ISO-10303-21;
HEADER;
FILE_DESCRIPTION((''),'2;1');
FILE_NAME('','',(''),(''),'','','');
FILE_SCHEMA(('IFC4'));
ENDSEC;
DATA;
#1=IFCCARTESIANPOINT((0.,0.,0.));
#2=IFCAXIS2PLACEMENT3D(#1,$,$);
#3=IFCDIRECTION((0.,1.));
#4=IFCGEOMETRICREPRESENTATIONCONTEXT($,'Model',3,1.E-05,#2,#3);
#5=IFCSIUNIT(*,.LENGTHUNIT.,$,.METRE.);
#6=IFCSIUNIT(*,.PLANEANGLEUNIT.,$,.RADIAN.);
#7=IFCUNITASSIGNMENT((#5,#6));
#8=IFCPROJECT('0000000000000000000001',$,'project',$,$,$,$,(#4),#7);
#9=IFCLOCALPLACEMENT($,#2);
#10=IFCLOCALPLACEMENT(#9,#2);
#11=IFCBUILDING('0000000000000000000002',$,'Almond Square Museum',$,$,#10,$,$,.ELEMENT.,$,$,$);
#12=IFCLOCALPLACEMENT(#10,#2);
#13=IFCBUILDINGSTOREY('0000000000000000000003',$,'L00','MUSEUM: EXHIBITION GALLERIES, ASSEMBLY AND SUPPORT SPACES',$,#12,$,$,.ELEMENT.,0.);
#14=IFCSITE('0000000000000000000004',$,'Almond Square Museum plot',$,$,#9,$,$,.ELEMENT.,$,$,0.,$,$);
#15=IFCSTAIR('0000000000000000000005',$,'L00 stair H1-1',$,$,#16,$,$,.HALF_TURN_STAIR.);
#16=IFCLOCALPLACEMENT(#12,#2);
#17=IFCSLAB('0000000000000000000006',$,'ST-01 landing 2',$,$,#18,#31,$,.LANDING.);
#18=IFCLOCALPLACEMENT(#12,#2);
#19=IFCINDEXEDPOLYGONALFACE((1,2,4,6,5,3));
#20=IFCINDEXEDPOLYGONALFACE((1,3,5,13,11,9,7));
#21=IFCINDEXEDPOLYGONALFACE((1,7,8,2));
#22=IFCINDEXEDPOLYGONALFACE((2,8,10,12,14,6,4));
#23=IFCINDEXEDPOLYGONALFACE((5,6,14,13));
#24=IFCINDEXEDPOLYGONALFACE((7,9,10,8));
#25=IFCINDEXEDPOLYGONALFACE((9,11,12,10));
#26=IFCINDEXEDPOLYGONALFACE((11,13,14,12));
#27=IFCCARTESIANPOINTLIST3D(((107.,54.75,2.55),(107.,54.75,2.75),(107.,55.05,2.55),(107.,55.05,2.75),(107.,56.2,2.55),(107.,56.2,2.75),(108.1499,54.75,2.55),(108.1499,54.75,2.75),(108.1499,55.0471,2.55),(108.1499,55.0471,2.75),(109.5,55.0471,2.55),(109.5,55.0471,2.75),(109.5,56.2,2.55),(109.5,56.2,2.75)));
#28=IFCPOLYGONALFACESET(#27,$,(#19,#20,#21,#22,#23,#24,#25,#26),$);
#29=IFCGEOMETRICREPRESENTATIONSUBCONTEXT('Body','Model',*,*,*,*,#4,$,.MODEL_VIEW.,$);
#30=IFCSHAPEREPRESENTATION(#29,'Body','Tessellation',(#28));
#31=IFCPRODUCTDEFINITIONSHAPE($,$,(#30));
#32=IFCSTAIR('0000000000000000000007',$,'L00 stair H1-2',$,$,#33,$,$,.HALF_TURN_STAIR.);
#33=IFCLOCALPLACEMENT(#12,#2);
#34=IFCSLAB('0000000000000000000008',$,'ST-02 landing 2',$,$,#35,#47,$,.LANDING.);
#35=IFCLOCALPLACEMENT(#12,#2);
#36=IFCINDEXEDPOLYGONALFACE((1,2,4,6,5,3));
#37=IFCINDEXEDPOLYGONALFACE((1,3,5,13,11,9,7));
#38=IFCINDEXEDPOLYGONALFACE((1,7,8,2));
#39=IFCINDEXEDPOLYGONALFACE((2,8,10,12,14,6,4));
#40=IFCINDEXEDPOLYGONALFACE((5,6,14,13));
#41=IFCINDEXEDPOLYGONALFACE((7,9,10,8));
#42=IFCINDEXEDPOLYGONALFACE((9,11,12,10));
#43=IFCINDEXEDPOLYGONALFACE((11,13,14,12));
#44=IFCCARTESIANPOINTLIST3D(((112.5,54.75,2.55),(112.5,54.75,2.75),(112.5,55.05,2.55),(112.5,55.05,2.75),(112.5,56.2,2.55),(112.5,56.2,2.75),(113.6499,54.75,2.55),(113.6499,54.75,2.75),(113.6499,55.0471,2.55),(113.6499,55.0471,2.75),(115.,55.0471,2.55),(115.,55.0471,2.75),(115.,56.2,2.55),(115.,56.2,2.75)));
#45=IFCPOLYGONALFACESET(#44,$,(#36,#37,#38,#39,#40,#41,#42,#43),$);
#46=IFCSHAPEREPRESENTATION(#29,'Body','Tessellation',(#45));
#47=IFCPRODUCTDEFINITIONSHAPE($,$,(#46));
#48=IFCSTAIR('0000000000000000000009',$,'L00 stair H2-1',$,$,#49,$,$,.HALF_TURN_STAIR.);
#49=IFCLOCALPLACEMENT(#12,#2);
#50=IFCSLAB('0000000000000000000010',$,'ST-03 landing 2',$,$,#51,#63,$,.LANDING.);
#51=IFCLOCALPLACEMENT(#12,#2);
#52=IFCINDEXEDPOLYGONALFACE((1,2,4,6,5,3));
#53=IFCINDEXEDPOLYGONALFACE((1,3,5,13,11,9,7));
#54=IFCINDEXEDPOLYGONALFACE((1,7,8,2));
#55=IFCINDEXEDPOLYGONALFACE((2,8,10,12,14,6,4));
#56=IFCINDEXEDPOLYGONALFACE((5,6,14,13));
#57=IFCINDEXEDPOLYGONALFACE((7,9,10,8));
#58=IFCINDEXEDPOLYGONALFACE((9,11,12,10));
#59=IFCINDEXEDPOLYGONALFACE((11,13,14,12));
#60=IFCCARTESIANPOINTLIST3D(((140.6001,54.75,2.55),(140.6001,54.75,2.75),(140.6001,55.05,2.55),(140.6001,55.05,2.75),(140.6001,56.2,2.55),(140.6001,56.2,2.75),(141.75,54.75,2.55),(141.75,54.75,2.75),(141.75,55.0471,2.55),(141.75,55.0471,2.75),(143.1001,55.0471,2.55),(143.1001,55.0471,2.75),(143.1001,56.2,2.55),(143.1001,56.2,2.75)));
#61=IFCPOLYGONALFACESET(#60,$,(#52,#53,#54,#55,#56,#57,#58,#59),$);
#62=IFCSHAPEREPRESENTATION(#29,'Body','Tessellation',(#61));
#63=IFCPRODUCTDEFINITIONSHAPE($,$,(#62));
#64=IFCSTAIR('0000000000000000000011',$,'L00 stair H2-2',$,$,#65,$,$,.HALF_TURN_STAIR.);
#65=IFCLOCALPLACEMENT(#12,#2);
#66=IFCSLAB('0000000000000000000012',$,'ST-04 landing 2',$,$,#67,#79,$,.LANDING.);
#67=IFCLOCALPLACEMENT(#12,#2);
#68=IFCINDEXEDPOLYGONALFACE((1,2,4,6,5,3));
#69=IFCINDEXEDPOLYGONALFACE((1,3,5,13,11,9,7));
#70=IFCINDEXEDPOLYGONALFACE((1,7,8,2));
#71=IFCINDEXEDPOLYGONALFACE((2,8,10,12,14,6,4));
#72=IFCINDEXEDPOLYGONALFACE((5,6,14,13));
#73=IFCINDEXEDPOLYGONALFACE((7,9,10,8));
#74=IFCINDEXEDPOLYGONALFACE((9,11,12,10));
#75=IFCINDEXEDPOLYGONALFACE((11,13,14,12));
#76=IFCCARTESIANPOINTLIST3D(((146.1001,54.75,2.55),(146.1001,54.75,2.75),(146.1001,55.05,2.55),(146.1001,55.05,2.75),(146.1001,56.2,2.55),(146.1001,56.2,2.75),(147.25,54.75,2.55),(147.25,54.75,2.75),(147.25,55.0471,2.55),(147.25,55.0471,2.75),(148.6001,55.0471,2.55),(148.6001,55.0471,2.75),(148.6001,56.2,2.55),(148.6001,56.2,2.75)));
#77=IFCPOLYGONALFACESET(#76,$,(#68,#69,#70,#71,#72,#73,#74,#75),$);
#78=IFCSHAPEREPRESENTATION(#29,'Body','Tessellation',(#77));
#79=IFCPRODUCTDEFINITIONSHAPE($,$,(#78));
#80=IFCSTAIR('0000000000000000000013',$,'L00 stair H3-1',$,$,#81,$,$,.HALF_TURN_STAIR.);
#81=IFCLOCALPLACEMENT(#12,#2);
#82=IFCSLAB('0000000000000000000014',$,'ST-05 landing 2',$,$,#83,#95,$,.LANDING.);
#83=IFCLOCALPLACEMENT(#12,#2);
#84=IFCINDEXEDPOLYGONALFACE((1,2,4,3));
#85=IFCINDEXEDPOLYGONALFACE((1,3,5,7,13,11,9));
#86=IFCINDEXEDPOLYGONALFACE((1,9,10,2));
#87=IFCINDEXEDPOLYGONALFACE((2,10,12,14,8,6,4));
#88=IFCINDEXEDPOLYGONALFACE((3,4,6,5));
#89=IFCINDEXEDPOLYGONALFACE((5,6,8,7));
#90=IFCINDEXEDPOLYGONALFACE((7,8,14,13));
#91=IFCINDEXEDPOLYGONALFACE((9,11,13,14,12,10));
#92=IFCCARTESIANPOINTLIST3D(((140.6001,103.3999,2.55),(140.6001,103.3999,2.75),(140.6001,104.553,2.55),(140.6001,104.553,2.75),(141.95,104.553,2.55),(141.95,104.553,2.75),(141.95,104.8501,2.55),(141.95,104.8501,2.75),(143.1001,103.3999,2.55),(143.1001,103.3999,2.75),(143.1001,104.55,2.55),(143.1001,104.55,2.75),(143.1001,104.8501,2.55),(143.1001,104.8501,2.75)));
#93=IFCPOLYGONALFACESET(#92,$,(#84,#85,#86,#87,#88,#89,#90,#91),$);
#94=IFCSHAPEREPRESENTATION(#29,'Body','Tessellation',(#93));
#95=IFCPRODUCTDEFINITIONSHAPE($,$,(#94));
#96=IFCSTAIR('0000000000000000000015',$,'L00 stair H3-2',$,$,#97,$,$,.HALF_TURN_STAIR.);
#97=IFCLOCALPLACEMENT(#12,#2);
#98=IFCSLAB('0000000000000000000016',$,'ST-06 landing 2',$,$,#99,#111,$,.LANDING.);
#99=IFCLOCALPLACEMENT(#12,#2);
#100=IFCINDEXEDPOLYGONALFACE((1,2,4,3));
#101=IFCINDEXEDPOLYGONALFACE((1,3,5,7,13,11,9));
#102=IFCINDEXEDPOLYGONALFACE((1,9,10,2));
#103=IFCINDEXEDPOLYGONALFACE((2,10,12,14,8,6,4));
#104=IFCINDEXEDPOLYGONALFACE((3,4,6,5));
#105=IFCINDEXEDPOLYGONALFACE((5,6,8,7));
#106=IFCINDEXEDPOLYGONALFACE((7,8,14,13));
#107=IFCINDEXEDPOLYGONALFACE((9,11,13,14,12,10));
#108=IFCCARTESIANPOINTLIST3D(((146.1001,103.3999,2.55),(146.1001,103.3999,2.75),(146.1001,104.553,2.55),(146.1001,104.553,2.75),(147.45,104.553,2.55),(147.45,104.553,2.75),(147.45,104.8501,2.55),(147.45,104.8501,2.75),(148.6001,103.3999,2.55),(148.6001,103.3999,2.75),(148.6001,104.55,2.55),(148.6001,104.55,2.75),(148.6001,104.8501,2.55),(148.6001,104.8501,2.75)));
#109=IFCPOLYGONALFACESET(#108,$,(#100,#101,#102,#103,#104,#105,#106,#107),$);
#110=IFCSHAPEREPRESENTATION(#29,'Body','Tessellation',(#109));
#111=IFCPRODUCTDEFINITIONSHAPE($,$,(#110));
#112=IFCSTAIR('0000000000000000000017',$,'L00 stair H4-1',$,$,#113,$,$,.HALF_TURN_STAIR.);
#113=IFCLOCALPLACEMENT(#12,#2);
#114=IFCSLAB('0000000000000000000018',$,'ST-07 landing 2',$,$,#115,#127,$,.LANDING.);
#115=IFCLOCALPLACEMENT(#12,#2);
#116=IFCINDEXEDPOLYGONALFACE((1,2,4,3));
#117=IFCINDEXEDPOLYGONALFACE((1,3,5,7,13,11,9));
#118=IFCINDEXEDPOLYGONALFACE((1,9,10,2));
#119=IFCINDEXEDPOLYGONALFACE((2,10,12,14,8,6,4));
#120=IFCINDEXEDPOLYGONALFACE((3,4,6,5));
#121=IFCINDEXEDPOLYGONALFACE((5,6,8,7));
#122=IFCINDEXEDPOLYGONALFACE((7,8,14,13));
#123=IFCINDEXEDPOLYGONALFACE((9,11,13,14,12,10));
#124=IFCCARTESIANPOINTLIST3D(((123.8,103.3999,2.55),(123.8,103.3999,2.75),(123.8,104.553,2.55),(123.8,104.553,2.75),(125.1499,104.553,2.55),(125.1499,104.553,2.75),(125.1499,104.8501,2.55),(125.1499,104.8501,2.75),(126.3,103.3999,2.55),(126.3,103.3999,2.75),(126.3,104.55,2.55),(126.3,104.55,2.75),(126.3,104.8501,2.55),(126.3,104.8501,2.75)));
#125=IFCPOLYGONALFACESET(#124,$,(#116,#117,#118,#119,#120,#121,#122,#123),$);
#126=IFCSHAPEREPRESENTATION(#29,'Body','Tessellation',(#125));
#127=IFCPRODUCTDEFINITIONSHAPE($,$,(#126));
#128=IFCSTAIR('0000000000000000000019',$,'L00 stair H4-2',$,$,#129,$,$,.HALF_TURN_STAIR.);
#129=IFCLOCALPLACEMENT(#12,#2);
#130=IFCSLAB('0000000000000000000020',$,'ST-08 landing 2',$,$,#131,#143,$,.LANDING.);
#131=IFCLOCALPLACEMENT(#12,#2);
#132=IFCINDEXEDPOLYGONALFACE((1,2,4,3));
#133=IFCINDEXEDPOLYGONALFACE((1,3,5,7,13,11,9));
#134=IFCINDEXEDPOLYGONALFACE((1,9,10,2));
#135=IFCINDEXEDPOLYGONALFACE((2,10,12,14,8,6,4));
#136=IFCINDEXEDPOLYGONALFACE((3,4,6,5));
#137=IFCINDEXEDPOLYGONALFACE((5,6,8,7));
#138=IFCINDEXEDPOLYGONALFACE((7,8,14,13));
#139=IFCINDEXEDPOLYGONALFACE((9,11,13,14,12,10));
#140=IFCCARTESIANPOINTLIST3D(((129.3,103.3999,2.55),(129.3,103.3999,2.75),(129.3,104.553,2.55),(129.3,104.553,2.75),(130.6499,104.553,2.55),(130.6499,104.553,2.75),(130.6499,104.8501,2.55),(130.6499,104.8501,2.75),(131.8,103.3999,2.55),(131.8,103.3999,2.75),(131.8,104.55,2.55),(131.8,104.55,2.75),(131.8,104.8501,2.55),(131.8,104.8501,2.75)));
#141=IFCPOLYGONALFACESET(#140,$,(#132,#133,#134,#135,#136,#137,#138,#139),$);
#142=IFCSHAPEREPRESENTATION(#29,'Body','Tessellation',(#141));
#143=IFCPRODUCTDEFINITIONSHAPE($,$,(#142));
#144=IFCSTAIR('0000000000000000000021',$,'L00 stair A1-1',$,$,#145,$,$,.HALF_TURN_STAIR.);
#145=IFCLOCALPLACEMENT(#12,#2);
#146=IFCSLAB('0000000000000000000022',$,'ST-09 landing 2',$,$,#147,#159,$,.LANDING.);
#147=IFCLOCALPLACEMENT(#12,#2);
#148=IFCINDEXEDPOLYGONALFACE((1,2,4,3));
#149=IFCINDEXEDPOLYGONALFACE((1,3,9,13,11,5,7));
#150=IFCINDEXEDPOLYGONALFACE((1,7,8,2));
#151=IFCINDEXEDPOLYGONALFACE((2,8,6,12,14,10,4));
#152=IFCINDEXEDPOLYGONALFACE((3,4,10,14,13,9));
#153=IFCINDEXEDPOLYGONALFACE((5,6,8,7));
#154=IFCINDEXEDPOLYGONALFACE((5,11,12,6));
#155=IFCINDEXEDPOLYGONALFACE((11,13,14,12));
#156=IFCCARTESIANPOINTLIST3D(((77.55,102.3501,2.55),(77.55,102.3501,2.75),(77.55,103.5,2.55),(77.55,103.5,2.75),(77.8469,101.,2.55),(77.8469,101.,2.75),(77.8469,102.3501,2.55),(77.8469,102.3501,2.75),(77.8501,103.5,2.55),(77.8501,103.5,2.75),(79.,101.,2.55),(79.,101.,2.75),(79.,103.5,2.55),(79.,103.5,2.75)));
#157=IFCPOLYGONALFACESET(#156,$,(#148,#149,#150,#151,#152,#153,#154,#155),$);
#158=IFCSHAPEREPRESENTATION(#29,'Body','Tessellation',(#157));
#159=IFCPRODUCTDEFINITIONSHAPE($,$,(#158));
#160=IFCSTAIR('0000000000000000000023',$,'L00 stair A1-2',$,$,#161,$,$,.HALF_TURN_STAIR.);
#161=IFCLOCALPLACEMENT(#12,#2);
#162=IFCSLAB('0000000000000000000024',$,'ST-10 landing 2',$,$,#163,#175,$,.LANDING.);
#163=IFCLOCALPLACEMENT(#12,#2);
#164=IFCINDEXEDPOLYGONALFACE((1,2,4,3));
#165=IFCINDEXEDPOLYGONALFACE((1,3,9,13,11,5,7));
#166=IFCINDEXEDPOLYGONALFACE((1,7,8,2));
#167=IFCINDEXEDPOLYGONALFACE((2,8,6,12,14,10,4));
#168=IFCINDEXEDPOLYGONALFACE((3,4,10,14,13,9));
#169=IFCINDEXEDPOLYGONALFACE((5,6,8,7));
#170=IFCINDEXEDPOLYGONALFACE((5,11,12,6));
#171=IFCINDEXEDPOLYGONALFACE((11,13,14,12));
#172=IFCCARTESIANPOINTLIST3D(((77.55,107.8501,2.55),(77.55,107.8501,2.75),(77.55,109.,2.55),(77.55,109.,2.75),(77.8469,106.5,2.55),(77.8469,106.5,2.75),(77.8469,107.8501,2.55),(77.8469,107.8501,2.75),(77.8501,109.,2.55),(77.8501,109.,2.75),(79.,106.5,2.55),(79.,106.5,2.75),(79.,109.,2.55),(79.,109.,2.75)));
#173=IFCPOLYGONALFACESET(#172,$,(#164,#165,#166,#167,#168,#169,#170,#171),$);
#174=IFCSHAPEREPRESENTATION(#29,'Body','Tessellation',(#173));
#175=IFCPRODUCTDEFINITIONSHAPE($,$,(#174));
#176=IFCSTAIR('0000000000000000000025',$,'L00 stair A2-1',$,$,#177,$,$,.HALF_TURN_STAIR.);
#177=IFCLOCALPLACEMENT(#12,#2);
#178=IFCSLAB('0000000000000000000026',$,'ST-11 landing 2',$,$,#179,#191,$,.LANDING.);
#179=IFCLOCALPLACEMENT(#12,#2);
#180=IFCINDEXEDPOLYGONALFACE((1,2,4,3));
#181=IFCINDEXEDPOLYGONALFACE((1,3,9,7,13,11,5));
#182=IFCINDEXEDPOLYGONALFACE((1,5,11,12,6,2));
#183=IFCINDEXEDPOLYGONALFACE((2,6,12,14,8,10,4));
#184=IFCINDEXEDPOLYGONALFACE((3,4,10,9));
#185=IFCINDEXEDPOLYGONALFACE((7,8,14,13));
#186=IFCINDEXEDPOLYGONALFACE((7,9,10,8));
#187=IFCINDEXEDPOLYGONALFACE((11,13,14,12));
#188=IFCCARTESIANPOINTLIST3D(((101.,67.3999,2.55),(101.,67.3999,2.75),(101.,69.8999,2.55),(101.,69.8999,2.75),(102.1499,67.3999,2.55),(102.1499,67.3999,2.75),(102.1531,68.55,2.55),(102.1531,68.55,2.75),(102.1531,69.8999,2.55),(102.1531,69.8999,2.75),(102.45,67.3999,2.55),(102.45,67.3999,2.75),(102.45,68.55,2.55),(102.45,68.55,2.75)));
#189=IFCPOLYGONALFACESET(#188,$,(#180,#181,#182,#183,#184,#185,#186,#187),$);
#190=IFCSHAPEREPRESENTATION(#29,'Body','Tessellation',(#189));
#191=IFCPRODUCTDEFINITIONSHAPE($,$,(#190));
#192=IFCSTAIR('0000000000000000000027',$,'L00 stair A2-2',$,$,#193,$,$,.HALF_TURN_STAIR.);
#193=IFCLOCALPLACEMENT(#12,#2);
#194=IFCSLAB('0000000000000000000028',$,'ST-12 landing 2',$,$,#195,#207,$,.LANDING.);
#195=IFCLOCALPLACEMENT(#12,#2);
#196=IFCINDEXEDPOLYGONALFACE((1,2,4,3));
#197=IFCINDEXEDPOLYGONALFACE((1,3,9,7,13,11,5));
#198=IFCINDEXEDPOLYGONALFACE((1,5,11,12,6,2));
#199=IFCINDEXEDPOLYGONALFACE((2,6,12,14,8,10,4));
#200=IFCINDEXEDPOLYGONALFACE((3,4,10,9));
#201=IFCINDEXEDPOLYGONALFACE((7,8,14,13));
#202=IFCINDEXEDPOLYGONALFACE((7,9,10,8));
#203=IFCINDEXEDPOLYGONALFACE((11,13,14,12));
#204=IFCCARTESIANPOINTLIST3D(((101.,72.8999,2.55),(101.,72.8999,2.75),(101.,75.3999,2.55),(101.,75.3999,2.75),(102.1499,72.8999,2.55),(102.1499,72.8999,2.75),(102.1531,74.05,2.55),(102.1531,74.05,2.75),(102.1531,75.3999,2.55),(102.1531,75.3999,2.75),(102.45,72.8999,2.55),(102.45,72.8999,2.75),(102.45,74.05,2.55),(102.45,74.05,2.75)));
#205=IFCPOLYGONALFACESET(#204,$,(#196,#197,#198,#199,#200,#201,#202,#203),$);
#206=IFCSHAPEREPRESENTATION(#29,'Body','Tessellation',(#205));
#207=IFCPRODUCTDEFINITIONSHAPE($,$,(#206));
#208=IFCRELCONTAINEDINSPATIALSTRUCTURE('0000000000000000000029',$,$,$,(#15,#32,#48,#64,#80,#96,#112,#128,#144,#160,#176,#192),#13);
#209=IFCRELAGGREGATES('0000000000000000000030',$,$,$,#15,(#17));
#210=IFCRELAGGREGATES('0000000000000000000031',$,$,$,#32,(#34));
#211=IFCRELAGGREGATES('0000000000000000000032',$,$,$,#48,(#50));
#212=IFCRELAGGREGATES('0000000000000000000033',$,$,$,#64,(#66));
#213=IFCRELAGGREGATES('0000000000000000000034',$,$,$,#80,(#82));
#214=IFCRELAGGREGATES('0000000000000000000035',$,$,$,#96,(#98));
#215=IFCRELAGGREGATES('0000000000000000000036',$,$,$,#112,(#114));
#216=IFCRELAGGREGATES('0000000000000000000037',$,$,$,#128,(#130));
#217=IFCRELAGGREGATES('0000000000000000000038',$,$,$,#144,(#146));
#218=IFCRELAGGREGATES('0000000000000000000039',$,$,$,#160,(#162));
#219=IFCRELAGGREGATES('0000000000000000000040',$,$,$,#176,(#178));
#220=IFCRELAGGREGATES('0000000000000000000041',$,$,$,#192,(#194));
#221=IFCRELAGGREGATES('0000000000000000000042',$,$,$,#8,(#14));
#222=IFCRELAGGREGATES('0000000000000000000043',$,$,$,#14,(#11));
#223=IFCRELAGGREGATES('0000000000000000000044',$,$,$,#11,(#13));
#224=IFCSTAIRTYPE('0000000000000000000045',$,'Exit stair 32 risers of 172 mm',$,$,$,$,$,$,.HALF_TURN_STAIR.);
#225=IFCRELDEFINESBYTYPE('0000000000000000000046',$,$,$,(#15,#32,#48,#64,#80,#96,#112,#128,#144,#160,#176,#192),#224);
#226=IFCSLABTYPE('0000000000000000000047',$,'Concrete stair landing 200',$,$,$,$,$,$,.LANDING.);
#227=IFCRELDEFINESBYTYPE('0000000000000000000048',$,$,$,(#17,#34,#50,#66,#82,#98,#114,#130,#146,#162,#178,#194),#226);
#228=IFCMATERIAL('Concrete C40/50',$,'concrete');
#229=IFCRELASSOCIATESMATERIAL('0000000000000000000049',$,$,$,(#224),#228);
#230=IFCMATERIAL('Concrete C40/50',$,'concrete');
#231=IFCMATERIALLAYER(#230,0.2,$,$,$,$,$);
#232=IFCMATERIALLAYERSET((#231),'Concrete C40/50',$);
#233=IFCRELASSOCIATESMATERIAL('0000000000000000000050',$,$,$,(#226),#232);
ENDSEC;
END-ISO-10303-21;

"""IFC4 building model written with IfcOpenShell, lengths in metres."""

from ifc_helpers import new_model, si_unit, direction, frame, origin, place, context, subcontext, project, spatial, polyline, outline, extrude, material, layer, layer_set, type_object, element, aggregate, save


model = new_model("IFC4")

# Units and contexts
model_context = context("Model", 3, precision=1e-05, world=origin(), true_north=direction((0.0, 1.0)))
body_context = subcontext(model_context, "Body", "Model", "MODEL_VIEW")
ifc_project = project(units=[si_unit("LENGTHUNIT", "METRE"), si_unit("PLANEANGLEUNIT", "RADIAN")], contexts=[model_context])

# Site, building, storey
site_placement = place(None, origin())
site = spatial("IfcSite", under=ifc_project, at=site_placement, Name="Almond Square Museum plot", CompositionType="ELEMENT", RefElevation=0.0)
building_placement = place(site_placement, origin())
building = spatial("IfcBuilding", under=site, at=building_placement, Name="Almond Square Museum", CompositionType="ELEMENT")
storey_placement = place(building_placement, origin())
storey = spatial("IfcBuildingStorey", under=building, at=storey_placement, Name="L00", Description="MUSEUM: EXHIBITION GALLERIES, ASSEMBLY AND SUPPORT SPACES", CompositionType="ELEMENT", Elevation=0.0)

# Stairs, slabs
ifc_material_1 = material(Name="Concrete C40/50", Category="concrete")
stair_type = type_object("IfcStairType", Name="Exit stair 32 risers of 172 mm", PredefinedType="HALF_TURN_STAIR", material=ifc_material_1)
stair_1_placement = place(storey_placement, origin())
stair_1 = element("IfcStair", 1, at=stair_1_placement, inside=storey, type_object=stair_type, Name="L00 stair H1-1", PredefinedType="HALF_TURN_STAIR")
ifc_material_2 = material(Name="Concrete C40/50", Category="concrete")
ifc_layer = layer(ifc_material_2, 0.2)
ifc_layer_set = layer_set([ifc_layer], Name="Concrete C40/50")
slab_type = type_object("IfcSlabType", Name="Concrete stair landing 200", PredefinedType="LANDING", material=ifc_layer_set)
slab_1_placement = place(storey_placement, frame((0.0, 0.0, 2.55)))
slab_1 = element("IfcSlab", 2, at=slab_1_placement, type_object=slab_type, Name="ST-01 landing 2", PredefinedType="LANDING", context=body_context, shape_type="SweptSolid", body=[
    extrude(outline(polyline([(107.0, 56.2), (107.0, 55.05), (107.0, 54.75), (108.1499, 54.75), (108.1499, 55.0471), (109.5, 55.0471), (109.5, 56.2), (107.0, 56.2)])), origin(), (0.0, 0.0, 1.0), 0.2),
])
aggregate(stair_1, [slab_1])
stair_2_placement = place(storey_placement, origin())
stair_2 = element("IfcStair", 3, at=stair_2_placement, inside=storey, type_object=stair_type, Name="L00 stair H1-2", PredefinedType="HALF_TURN_STAIR")
slab_2_placement = place(storey_placement, frame((0.0, 0.0, 2.55)))
slab_2 = element("IfcSlab", 4, at=slab_2_placement, type_object=slab_type, Name="ST-02 landing 2", PredefinedType="LANDING", context=body_context, shape_type="SweptSolid", body=[
    extrude(outline(polyline([(112.5, 56.2), (112.5, 55.05), (112.5, 54.75), (113.6499, 54.75), (113.6499, 55.0471), (115.0, 55.0471), (115.0, 56.2), (112.5, 56.2)])), origin(), (0.0, 0.0, 1.0), 0.2),
])
aggregate(stair_2, [slab_2])
stair_3_placement = place(storey_placement, origin())
stair_3 = element("IfcStair", 5, at=stair_3_placement, inside=storey, type_object=stair_type, Name="L00 stair H2-1", PredefinedType="HALF_TURN_STAIR")
slab_3_placement = place(storey_placement, frame((0.0, 0.0, 2.55)))
slab_3 = element("IfcSlab", 6, at=slab_3_placement, type_object=slab_type, Name="ST-03 landing 2", PredefinedType="LANDING", context=body_context, shape_type="SweptSolid", body=[
    extrude(outline(polyline([(140.6001, 56.2), (140.6001, 55.05), (140.6001, 54.75), (141.75, 54.75), (141.75, 55.0471), (143.1001, 55.0471), (143.1001, 56.2), (140.6001, 56.2)])), origin(), (0.0, 0.0, 1.0), 0.2),
])
aggregate(stair_3, [slab_3])
stair_4_placement = place(storey_placement, origin())
stair_4 = element("IfcStair", 7, at=stair_4_placement, inside=storey, type_object=stair_type, Name="L00 stair H2-2", PredefinedType="HALF_TURN_STAIR")
slab_4_placement = place(storey_placement, frame((0.0, 0.0, 2.55)))
slab_4 = element("IfcSlab", 8, at=slab_4_placement, type_object=slab_type, Name="ST-04 landing 2", PredefinedType="LANDING", context=body_context, shape_type="SweptSolid", body=[
    extrude(outline(polyline([(146.1001, 56.2), (146.1001, 55.05), (146.1001, 54.75), (147.25, 54.75), (147.25, 55.0471), (148.6001, 55.0471), (148.6001, 56.2), (146.1001, 56.2)])), origin(), (0.0, 0.0, 1.0), 0.2),
])
aggregate(stair_4, [slab_4])
stair_5_placement = place(storey_placement, origin())
stair_5 = element("IfcStair", 9, at=stair_5_placement, inside=storey, type_object=stair_type, Name="L00 stair H3-1", PredefinedType="HALF_TURN_STAIR")
slab_5_placement = place(storey_placement, frame((0.0, 0.0, 2.55)))
slab_5 = element("IfcSlab", 10, at=slab_5_placement, type_object=slab_type, Name="ST-05 landing 2", PredefinedType="LANDING", context=body_context, shape_type="SweptSolid", body=[
    extrude(outline(polyline([(143.1001, 103.3999), (143.1001, 104.55), (143.1001, 104.8501), (141.95, 104.8501), (141.95, 104.553), (140.6001, 104.553), (140.6001, 103.3999), (143.1001, 103.3999)])), origin(), (0.0, 0.0, 1.0), 0.2),
])
aggregate(stair_5, [slab_5])
stair_6_placement = place(storey_placement, origin())
stair_6 = element("IfcStair", 11, at=stair_6_placement, inside=storey, type_object=stair_type, Name="L00 stair H3-2", PredefinedType="HALF_TURN_STAIR")
slab_6_placement = place(storey_placement, frame((0.0, 0.0, 2.55)))
slab_6 = element("IfcSlab", 12, at=slab_6_placement, type_object=slab_type, Name="ST-06 landing 2", PredefinedType="LANDING", context=body_context, shape_type="SweptSolid", body=[
    extrude(outline(polyline([(148.6001, 103.3999), (148.6001, 104.55), (148.6001, 104.8501), (147.45, 104.8501), (147.45, 104.553), (146.1001, 104.553), (146.1001, 103.3999), (148.6001, 103.3999)])), origin(), (0.0, 0.0, 1.0), 0.2),
])
aggregate(stair_6, [slab_6])
stair_7_placement = place(storey_placement, origin())
stair_7 = element("IfcStair", 13, at=stair_7_placement, inside=storey, type_object=stair_type, Name="L00 stair H4-1", PredefinedType="HALF_TURN_STAIR")
slab_7_placement = place(storey_placement, frame((0.0, 0.0, 2.55)))
slab_7 = element("IfcSlab", 14, at=slab_7_placement, type_object=slab_type, Name="ST-07 landing 2", PredefinedType="LANDING", context=body_context, shape_type="SweptSolid", body=[
    extrude(outline(polyline([(126.3, 103.3999), (126.3, 104.55), (126.3, 104.8501), (125.1499, 104.8501), (125.1499, 104.553), (123.8, 104.553), (123.8, 103.3999), (126.3, 103.3999)])), origin(), (0.0, 0.0, 1.0), 0.2),
])
aggregate(stair_7, [slab_7])
stair_8_placement = place(storey_placement, origin())
stair_8 = element("IfcStair", 15, at=stair_8_placement, inside=storey, type_object=stair_type, Name="L00 stair H4-2", PredefinedType="HALF_TURN_STAIR")
slab_8_placement = place(storey_placement, frame((0.0, 0.0, 2.55)))
slab_8 = element("IfcSlab", 16, at=slab_8_placement, type_object=slab_type, Name="ST-08 landing 2", PredefinedType="LANDING", context=body_context, shape_type="SweptSolid", body=[
    extrude(outline(polyline([(131.8, 103.3999), (131.8, 104.55), (131.8, 104.8501), (130.6499, 104.8501), (130.6499, 104.553), (129.3, 104.553), (129.3, 103.3999), (131.8, 103.3999)])), origin(), (0.0, 0.0, 1.0), 0.2),
])
aggregate(stair_8, [slab_8])
stair_9_placement = place(storey_placement, origin())
stair_9 = element("IfcStair", 17, at=stair_9_placement, inside=storey, type_object=stair_type, Name="L00 stair A1-1", PredefinedType="HALF_TURN_STAIR")
slab_9_placement = place(storey_placement, frame((0.0, 0.0, 2.55)))
slab_9 = element("IfcSlab", 18, at=slab_9_placement, type_object=slab_type, Name="ST-09 landing 2", PredefinedType="LANDING", context=body_context, shape_type="SweptSolid", body=[
    extrude(outline(polyline([(79.0, 103.5), (77.8501, 103.5), (77.55, 103.5), (77.55, 102.3501), (77.8469, 102.3501), (77.8469, 101.0), (79.0, 101.0), (79.0, 103.5)])), origin(), (0.0, 0.0, 1.0), 0.2),
])
aggregate(stair_9, [slab_9])
stair_10_placement = place(storey_placement, origin())
stair_10 = element("IfcStair", 19, at=stair_10_placement, inside=storey, type_object=stair_type, Name="L00 stair A1-2", PredefinedType="HALF_TURN_STAIR")
slab_10_placement = place(storey_placement, frame((0.0, 0.0, 2.55)))
slab_10 = element("IfcSlab", 20, at=slab_10_placement, type_object=slab_type, Name="ST-10 landing 2", PredefinedType="LANDING", context=body_context, shape_type="SweptSolid", body=[
    extrude(outline(polyline([(79.0, 109.0), (77.8501, 109.0), (77.55, 109.0), (77.55, 107.8501), (77.8469, 107.8501), (77.8469, 106.5), (79.0, 106.5), (79.0, 109.0)])), origin(), (0.0, 0.0, 1.0), 0.2),
])
aggregate(stair_10, [slab_10])
stair_11_placement = place(storey_placement, origin())
stair_11 = element("IfcStair", 21, at=stair_11_placement, inside=storey, type_object=stair_type, Name="L00 stair A2-1", PredefinedType="HALF_TURN_STAIR")
slab_11_placement = place(storey_placement, frame((0.0, 0.0, 2.55)))
slab_11 = element("IfcSlab", 22, at=slab_11_placement, type_object=slab_type, Name="ST-11 landing 2", PredefinedType="LANDING", context=body_context, shape_type="SweptSolid", body=[
    extrude(outline(polyline([(101.0, 67.3999), (102.1499, 67.3999), (102.45, 67.3999), (102.45, 68.55), (102.1531, 68.55), (102.1531, 69.8999), (101.0, 69.8999), (101.0, 67.3999)])), origin(), (0.0, 0.0, 1.0), 0.2),
])
aggregate(stair_11, [slab_11])
stair_12_placement = place(storey_placement, origin())
stair_12 = element("IfcStair", 23, at=stair_12_placement, inside=storey, type_object=stair_type, Name="L00 stair A2-2", PredefinedType="HALF_TURN_STAIR")
slab_12_placement = place(storey_placement, frame((0.0, 0.0, 2.55)))
slab_12 = element("IfcSlab", 24, at=slab_12_placement, type_object=slab_type, Name="ST-12 landing 2", PredefinedType="LANDING", context=body_context, shape_type="SweptSolid", body=[
    extrude(outline(polyline([(101.0, 72.8999), (102.1499, 72.8999), (102.45, 72.8999), (102.45, 74.05), (102.1531, 74.05), (102.1531, 75.3999), (101.0, 75.3999), (101.0, 72.8999)])), origin(), (0.0, 0.0, 1.0), 0.2),
])
aggregate(stair_12, [slab_12])

save(model, "model.ifc")
